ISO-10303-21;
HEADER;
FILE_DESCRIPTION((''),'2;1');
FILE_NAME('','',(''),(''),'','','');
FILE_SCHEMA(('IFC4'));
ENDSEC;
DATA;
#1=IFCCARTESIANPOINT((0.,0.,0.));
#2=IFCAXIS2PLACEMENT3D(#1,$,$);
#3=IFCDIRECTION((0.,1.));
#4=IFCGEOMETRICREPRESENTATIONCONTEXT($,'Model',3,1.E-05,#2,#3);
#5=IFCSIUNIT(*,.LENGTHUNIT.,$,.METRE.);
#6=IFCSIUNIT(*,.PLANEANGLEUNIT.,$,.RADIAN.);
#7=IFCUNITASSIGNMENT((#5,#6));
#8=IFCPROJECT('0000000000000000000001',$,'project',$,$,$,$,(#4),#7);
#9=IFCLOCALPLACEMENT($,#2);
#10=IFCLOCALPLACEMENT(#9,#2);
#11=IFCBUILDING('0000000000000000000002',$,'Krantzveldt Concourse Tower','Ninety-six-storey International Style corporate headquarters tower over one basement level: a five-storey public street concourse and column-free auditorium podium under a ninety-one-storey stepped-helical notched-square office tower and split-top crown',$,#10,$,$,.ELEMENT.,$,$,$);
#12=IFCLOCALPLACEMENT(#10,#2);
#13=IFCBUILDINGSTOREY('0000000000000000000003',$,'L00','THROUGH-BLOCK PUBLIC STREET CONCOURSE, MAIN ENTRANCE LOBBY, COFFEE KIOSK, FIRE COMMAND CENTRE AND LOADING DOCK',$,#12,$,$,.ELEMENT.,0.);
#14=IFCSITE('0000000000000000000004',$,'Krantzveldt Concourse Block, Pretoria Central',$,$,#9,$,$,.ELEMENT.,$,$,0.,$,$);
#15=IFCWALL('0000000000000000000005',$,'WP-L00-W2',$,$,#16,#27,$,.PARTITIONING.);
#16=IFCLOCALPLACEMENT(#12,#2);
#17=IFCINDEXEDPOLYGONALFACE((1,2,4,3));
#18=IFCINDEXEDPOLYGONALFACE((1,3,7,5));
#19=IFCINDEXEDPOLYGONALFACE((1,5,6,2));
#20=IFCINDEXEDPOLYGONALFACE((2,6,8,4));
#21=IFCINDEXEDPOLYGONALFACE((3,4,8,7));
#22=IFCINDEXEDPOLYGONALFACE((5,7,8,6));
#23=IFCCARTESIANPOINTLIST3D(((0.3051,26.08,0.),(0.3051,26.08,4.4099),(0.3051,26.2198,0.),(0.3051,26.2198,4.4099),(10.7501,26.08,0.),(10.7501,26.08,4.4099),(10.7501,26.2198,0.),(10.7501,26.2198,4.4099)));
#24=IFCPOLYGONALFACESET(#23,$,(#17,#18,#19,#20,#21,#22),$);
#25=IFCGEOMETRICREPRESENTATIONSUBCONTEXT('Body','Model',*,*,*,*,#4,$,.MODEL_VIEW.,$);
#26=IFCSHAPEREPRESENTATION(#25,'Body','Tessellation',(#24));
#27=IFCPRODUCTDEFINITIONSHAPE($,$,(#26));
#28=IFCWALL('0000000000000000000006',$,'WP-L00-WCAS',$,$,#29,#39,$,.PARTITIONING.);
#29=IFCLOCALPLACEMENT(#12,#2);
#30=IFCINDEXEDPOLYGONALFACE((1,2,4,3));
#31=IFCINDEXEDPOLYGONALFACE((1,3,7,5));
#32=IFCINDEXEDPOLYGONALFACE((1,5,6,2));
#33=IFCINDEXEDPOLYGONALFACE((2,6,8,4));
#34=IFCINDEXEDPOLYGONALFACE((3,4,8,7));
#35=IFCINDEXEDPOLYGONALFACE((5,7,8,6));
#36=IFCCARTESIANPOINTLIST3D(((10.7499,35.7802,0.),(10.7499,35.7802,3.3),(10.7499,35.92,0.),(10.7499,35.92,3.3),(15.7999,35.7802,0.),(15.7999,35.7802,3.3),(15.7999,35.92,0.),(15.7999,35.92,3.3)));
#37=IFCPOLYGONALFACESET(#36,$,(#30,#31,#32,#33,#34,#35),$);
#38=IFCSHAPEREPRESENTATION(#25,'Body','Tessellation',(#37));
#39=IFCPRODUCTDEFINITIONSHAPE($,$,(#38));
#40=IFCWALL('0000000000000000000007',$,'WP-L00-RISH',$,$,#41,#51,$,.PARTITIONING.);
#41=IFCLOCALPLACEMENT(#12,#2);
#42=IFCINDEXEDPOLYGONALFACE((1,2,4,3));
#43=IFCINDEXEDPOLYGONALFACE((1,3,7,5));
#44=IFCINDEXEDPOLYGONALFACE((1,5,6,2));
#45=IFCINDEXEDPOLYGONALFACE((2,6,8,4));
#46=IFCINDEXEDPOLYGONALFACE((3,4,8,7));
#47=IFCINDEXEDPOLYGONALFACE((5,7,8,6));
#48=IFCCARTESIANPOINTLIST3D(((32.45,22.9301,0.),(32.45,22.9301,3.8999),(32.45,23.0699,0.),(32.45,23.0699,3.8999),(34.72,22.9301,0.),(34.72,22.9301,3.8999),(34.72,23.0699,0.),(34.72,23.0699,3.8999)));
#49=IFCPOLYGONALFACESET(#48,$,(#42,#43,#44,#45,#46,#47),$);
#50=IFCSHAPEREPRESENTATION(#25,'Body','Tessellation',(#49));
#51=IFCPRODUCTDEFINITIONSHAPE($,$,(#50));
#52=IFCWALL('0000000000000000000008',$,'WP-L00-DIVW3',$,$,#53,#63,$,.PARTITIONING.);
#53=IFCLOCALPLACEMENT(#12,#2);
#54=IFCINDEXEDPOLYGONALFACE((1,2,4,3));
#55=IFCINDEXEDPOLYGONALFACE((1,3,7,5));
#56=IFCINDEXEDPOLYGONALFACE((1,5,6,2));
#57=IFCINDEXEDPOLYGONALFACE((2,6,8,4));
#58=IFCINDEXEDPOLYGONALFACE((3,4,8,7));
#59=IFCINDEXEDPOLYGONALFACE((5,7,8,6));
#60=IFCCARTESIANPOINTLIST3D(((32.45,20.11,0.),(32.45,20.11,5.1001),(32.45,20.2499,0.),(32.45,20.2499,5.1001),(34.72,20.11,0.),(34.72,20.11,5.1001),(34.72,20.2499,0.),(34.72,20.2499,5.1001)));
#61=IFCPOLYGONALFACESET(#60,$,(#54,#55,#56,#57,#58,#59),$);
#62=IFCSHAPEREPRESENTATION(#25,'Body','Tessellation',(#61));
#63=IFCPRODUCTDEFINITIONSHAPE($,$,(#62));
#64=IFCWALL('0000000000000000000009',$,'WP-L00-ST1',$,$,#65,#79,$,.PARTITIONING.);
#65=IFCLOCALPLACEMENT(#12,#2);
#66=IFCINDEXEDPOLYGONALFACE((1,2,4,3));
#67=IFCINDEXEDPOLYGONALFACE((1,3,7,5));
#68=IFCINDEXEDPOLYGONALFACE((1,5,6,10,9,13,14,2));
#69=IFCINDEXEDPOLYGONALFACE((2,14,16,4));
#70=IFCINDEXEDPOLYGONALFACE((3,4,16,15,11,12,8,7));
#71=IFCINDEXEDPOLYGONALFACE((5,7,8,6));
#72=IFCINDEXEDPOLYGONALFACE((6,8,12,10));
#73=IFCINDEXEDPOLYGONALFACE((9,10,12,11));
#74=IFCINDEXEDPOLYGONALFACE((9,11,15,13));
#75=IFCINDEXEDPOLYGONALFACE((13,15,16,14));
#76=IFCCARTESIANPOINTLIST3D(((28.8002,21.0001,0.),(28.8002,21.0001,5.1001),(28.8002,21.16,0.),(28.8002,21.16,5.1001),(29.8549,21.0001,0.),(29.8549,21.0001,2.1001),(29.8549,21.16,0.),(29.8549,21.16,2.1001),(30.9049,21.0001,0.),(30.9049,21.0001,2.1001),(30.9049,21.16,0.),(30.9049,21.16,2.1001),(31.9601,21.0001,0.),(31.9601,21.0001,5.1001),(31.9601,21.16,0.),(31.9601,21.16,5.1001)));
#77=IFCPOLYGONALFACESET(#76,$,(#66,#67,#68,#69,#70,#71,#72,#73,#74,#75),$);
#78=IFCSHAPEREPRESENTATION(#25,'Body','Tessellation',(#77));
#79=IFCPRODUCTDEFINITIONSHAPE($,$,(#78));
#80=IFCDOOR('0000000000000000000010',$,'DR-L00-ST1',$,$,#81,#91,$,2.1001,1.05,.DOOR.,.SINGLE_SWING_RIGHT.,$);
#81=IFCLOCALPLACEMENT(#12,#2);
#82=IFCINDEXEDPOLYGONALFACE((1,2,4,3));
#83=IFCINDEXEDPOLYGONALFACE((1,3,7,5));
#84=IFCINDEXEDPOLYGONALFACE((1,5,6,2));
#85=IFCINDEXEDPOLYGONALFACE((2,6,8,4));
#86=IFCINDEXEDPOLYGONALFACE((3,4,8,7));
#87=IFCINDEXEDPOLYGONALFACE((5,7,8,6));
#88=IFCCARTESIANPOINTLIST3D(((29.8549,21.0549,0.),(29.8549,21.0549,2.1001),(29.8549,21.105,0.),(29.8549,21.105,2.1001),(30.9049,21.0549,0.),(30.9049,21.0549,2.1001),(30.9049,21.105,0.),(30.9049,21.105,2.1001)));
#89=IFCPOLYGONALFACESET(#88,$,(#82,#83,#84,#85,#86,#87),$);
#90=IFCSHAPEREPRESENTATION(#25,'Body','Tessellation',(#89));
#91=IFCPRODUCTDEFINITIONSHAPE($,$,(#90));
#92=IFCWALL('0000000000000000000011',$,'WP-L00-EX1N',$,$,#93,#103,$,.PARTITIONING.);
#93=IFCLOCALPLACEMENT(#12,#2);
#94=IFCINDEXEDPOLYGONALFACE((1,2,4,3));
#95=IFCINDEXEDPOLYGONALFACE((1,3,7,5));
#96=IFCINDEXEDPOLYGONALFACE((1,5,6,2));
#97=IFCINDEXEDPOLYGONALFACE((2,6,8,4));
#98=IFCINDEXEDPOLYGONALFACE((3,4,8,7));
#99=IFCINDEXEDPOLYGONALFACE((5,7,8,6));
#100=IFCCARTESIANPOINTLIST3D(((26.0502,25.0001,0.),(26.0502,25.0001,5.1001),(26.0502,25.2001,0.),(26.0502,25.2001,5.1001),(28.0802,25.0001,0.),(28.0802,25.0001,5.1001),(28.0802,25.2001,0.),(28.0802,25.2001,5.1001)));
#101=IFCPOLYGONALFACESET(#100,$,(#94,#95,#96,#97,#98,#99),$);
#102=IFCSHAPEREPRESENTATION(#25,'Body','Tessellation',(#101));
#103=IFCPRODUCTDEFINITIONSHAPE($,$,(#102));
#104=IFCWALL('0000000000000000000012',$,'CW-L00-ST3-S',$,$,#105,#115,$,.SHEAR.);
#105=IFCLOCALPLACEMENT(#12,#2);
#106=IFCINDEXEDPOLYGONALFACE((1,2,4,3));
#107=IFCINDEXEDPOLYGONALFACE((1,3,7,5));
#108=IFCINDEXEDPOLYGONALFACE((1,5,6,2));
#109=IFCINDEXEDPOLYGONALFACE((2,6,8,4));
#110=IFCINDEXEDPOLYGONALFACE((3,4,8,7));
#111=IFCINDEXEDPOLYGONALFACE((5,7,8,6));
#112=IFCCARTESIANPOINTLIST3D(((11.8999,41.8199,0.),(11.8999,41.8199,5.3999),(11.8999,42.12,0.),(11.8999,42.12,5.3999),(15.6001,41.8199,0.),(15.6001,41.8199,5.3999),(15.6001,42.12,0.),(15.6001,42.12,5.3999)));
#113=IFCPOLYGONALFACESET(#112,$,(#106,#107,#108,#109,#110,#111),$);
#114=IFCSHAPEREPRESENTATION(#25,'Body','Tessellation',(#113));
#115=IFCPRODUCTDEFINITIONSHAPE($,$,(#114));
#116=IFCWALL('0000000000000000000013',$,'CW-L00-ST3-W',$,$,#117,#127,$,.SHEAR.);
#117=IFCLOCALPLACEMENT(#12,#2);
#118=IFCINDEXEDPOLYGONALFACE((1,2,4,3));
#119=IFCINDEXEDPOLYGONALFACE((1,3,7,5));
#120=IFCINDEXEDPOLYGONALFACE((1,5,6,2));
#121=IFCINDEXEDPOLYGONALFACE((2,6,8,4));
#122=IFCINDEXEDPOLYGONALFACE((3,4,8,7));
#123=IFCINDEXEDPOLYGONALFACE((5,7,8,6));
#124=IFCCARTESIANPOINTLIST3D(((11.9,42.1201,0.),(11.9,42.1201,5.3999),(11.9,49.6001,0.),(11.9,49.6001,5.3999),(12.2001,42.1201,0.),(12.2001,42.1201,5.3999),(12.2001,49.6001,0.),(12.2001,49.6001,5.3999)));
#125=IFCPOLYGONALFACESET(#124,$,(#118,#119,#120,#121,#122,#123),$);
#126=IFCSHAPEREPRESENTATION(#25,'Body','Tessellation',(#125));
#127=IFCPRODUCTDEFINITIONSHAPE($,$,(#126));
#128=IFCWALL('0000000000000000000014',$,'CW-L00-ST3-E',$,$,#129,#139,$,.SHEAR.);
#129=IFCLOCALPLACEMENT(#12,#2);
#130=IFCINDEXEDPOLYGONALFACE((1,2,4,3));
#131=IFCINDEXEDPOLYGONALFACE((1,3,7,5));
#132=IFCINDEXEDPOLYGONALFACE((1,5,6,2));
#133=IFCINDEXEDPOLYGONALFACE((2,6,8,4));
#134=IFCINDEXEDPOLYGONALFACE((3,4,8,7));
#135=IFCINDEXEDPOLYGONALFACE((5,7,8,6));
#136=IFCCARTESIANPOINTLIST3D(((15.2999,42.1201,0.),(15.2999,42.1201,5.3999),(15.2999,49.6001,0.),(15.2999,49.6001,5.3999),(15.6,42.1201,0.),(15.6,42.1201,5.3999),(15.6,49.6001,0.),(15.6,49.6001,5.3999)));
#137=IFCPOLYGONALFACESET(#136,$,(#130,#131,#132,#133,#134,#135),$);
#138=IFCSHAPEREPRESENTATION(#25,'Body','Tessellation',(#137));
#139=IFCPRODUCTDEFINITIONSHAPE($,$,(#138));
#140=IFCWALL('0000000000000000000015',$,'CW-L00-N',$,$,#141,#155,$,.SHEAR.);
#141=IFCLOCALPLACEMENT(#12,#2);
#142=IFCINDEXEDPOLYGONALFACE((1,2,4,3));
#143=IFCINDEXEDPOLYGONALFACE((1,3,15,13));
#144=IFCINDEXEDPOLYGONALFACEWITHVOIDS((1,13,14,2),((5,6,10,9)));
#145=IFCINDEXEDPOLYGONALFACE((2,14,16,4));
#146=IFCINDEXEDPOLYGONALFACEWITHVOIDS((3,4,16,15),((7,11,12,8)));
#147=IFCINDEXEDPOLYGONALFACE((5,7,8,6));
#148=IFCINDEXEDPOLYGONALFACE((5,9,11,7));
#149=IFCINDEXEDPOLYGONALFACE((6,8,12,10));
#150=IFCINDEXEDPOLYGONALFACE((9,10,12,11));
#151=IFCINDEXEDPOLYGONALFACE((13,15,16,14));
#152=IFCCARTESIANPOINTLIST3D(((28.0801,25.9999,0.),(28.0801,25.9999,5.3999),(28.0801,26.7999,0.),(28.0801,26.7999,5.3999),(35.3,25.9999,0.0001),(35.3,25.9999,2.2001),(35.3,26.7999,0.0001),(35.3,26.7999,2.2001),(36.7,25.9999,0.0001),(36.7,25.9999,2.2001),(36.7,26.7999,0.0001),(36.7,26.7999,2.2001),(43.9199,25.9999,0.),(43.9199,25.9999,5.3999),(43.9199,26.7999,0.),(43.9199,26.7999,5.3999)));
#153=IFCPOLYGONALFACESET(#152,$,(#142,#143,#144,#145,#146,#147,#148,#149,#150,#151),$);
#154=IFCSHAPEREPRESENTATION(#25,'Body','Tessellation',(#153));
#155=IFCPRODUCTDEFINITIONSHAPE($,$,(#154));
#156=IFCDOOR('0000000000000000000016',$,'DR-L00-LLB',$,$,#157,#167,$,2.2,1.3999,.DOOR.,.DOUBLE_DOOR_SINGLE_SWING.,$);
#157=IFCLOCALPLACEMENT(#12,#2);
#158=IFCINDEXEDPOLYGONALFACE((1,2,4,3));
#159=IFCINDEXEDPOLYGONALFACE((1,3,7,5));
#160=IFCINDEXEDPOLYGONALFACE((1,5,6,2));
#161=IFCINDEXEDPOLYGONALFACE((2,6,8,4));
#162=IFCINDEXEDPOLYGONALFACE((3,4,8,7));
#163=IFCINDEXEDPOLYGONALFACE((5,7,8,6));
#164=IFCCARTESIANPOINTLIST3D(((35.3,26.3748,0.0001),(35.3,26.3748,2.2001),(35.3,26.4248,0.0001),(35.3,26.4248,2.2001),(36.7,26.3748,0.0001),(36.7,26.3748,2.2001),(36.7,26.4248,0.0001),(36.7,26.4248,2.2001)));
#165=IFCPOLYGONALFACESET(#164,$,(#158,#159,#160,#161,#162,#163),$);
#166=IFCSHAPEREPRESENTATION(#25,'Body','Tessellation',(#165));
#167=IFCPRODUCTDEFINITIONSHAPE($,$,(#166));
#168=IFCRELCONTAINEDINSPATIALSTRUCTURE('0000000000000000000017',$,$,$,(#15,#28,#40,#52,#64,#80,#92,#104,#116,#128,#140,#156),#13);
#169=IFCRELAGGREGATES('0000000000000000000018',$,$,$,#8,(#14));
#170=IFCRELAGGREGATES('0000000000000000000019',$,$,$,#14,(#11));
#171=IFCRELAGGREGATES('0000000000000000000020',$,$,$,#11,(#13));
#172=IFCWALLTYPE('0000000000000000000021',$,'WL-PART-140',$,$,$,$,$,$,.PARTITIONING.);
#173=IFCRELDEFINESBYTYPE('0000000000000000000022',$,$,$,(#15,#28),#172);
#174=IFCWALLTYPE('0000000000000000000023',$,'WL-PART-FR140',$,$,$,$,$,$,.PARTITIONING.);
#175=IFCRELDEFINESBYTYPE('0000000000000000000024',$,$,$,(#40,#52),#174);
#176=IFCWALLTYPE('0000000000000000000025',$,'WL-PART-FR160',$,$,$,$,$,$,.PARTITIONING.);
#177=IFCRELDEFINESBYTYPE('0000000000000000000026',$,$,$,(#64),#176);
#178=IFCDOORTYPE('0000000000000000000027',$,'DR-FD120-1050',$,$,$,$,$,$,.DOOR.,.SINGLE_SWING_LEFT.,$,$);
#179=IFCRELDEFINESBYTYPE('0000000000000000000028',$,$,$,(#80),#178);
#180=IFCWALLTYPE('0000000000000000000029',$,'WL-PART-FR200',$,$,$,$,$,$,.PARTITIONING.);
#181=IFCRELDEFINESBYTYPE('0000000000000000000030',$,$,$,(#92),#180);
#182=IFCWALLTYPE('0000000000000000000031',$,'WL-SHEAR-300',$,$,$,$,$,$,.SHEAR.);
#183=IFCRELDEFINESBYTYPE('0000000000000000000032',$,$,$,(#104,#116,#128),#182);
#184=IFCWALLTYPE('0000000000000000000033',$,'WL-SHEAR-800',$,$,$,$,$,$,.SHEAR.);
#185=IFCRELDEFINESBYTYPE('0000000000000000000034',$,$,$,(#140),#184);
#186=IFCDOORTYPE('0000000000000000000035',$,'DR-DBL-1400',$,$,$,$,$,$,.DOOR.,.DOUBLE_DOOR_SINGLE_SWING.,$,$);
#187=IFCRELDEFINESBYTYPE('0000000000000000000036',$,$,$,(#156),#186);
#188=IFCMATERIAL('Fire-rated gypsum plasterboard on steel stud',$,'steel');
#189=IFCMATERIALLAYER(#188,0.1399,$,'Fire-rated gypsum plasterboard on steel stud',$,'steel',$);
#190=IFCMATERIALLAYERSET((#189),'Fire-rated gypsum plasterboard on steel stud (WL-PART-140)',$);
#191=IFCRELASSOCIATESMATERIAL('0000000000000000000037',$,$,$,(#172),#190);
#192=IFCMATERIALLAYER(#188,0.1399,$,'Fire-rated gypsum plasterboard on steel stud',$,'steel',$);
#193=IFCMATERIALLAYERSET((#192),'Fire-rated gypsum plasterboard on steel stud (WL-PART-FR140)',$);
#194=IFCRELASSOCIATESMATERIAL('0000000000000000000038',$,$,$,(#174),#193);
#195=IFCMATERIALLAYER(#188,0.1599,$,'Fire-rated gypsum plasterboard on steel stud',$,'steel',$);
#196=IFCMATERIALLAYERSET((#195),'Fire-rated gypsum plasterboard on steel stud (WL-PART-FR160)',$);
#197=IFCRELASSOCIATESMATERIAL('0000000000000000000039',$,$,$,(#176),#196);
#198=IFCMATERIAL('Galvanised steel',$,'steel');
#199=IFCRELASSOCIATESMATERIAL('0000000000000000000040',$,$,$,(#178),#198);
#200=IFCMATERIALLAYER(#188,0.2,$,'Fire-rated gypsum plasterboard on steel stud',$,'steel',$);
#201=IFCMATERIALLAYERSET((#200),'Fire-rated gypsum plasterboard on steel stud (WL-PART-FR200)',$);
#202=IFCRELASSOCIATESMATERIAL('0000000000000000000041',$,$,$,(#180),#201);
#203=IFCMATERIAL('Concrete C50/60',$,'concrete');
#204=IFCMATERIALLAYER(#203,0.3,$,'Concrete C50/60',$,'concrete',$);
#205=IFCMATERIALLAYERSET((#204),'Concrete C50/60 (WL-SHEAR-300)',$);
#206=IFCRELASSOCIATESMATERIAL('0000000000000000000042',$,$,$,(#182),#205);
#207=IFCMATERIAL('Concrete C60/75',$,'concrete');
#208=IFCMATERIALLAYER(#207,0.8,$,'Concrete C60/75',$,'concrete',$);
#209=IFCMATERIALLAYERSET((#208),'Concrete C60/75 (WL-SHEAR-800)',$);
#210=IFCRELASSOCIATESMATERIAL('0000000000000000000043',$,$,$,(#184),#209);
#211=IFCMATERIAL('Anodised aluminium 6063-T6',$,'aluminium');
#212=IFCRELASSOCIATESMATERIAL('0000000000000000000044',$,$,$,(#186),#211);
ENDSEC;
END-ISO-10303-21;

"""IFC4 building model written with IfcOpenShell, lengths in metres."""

from ifc_helpers import new_model, si_unit, direction, frame, frame_2d, origin, place, context, subcontext, project, spatial, rectangle, extrude, material, layer, layer_set, type_object, element, fill, save


model = new_model("IFC4")

# Units and contexts
model_context = context("Model", 3, precision=1e-05, world=origin(), true_north=direction((0.0, 1.0)))
body_context = subcontext(model_context, "Body", "Model", "MODEL_VIEW")
ifc_project = project(units=[si_unit("LENGTHUNIT", "METRE"), si_unit("PLANEANGLEUNIT", "RADIAN")], contexts=[model_context])

# Site, building, storey
site_placement = place(None, origin())
site = spatial("IfcSite", under=ifc_project, at=site_placement, Name="Krantzveldt Concourse Block, Pretoria Central", CompositionType="ELEMENT", RefElevation=0.0)
building_placement = place(site_placement, origin())
building = spatial("IfcBuilding", under=site, at=building_placement, Name="Krantzveldt Concourse Tower", Description="Ninety-six-storey International Style corporate headquarters tower over one basement level: a five-storey public street concourse and column-free auditorium podium under a ninety-one-storey stepped-helical notched-square office tower and split-top crown", CompositionType="ELEMENT")
storey_placement = place(building_placement, origin())
storey = spatial("IfcBuildingStorey", under=building, at=storey_placement, Name="L00", Description="THROUGH-BLOCK PUBLIC STREET CONCOURSE, MAIN ENTRANCE LOBBY, COFFEE KIOSK, FIRE COMMAND CENTRE AND LOADING DOCK", CompositionType="ELEMENT", Elevation=0.0)

# Shared definitions
ifc_material_1 = material(Name="Concrete C60/75", Category="concrete")
ifc_material_2 = material(Name="Concrete C50/60", Category="concrete")

# Walls
ifc_material_3 = material(Name="Fire-rated gypsum plasterboard on steel stud", Category="steel")
ifc_layer_1 = layer(ifc_material_3, 0.1399, Name="Fire-rated gypsum plasterboard on steel stud", Category="steel")
ifc_layer_set_1 = layer_set([ifc_layer_1], Name="Fire-rated gypsum plasterboard on steel stud (WL-PART-140)")
wall_type_1 = type_object("IfcWallType", Name="WL-PART-140", PredefinedType="PARTITIONING", material=ifc_layer_set_1)
wall_1_placement = place(storey_placement, frame((0.3049, 26.1499, 0.0), z_axis=(0.0, 0.0, 1.0), x_axis=(1.0, 0.0, 0.0)))
element("IfcWall", 1, at=wall_1_placement, inside=storey, type_object=wall_type_1, Name="WP-L00-W2", PredefinedType="PARTITIONING", context=body_context, shape_type="SweptSolid", body=[
    extrude(rectangle(XDim=10.4451, YDim=0.1399, at=frame_2d((5.2227, 0.0))), origin(), (0.0, 0.0, 1.0), 4.4099),
])
wall_2_placement = place(storey_placement, frame((10.75, 35.8501, 0.0), z_axis=(0.0, 0.0, 1.0), x_axis=(1.0, 0.0, 0.0)))
element("IfcWall", 2, at=wall_2_placement, inside=storey, type_object=wall_type_1, Name="WP-L00-WCAS", PredefinedType="PARTITIONING", context=body_context, shape_type="SweptSolid", body=[
    extrude(rectangle(XDim=5.05, YDim=0.1399, at=frame_2d((2.5249, 0.0))), origin(), (0.0, 0.0, 1.0), 3.3),
])
ifc_layer_2 = layer(ifc_material_3, 0.1399, Name="Fire-rated gypsum plasterboard on steel stud", Category="steel")
ifc_layer_set_2 = layer_set([ifc_layer_2], Name="Fire-rated gypsum plasterboard on steel stud (WL-PART-FR140)")
wall_type_2 = type_object("IfcWallType", Name="WL-PART-FR140", PredefinedType="PARTITIONING", material=ifc_layer_set_2)
wall_3_placement = place(storey_placement, frame((32.45, 23.0, 0.0), z_axis=(0.0, 0.0, 1.0), x_axis=(1.0, 0.0, 0.0)))
element("IfcWall", 3, at=wall_3_placement, inside=storey, type_object=wall_type_2, Name="WP-L00-RISH", PredefinedType="PARTITIONING", context=body_context, shape_type="SweptSolid", body=[
    extrude(rectangle(XDim=2.27, YDim=0.1399, at=frame_2d((1.135, 0.0))), origin(), (0.0, 0.0, 1.0), 3.8999),
])
wall_4_placement = place(storey_placement, frame((32.45, 20.1799, 0.0), z_axis=(0.0, 0.0, 1.0), x_axis=(1.0, 0.0, 0.0)))
element("IfcWall", 4, at=wall_4_placement, inside=storey, type_object=wall_type_2, Name="WP-L00-DIVW3", PredefinedType="PARTITIONING", context=body_context, shape_type="SweptSolid", body=[
    extrude(rectangle(XDim=2.27, YDim=0.1399, at=frame_2d((1.135, 0.0))), origin(), (0.0, 0.0, 1.0), 5.1001),
])

# Wall, opening, door
ifc_layer_3 = layer(ifc_material_3, 0.1599, Name="Fire-rated gypsum plasterboard on steel stud", Category="steel")
ifc_layer_set_3 = layer_set([ifc_layer_3], Name="Fire-rated gypsum plasterboard on steel stud (WL-PART-FR160)")
wall_type_3 = type_object("IfcWallType", Name="WL-PART-FR160", PredefinedType="PARTITIONING", material=ifc_layer_set_3)
wall_5_placement = place(storey_placement, frame((28.8, 21.0801, 0.0), z_axis=(0.0, 0.0, 1.0), x_axis=(1.0, 0.0, 0.0)))
wall_5 = element("IfcWall", 5, at=wall_5_placement, inside=storey, type_object=wall_type_3, Name="WP-L00-ST1", PredefinedType="PARTITIONING", context=body_context, shape_type="SweptSolid", body=[
    extrude(rectangle(XDim=3.1599, YDim=0.1599, at=frame_2d((1.5801, 0.0))), origin(), (0.0, 0.0, 1.0), 5.1001),
])
opening_1_placement = place(wall_5_placement, frame((1.0549, 0.0, 0.0)))
opening_1 = element("IfcOpeningElement", 6, at=opening_1_placement, cuts=wall_5, PredefinedType="OPENING", context=body_context, shape_type="SweptSolid", body=[
    extrude(rectangle(XDim=1.05, YDim=2.1001, at=frame_2d((0.5249, 1.05))), frame((0.0, 0.0898, 0.0), z_axis=(0.0, -1.0, 0.0), x_axis=(1.0, 0.0, 0.0)), (0.0, 0.0, 1.0), 0.1799),
])
ifc_material_4 = material(Name="Galvanised steel", Category="steel")
door_type_1 = type_object("IfcDoorType", Name="DR-FD120-1050", OperationType="SINGLE_SWING_LEFT", PredefinedType="DOOR", material=ifc_material_4)
door_1_placement = place(opening_1_placement, origin())
door_1 = element("IfcDoor", 7, at=door_1_placement, inside=storey, type_object=door_type_1, Name="DR-L00-ST1", OperationType="SINGLE_SWING_RIGHT", OverallHeight=2.1001, OverallWidth=1.05, PredefinedType="DOOR", context=body_context, shape_type="SweptSolid", body=[
    extrude(rectangle(XDim=1.05, YDim=2.1001, at=frame_2d((0.5249, 1.05))), frame((0.0, 0.0249, 0.0), z_axis=(0.0, -1.0, 0.0), x_axis=(1.0, 0.0, 0.0)), (0.0, 0.0, 1.0), 0.05),
])
fill(opening_1, door_1)

# Walls
ifc_layer_4 = layer(ifc_material_3, 0.2, Name="Fire-rated gypsum plasterboard on steel stud", Category="steel")
ifc_layer_set_4 = layer_set([ifc_layer_4], Name="Fire-rated gypsum plasterboard on steel stud (WL-PART-FR200)")
wall_type_4 = type_object("IfcWallType", Name="WL-PART-FR200", PredefinedType="PARTITIONING", material=ifc_layer_set_4)
wall_6_placement = place(storey_placement, frame((26.05, 25.1001, 0.0), z_axis=(0.0, 0.0, 1.0), x_axis=(1.0, 0.0, 0.0)))
element("IfcWall", 8, at=wall_6_placement, inside=storey, type_object=wall_type_4, Name="WP-L00-EX1N", PredefinedType="PARTITIONING", context=body_context, shape_type="SweptSolid", body=[
    extrude(rectangle(XDim=2.03, YDim=0.2, at=frame_2d((1.0151, 0.0))), origin(), (0.0, 0.0, 1.0), 5.1001),
])
ifc_layer_5 = layer(ifc_material_2, 0.3, Name="Concrete C50/60", Category="concrete")
ifc_layer_set_5 = layer_set([ifc_layer_5], Name="Concrete C50/60 (WL-SHEAR-300)")
wall_type_5 = type_object("IfcWallType", Name="WL-SHEAR-300", PredefinedType="SHEAR", material=ifc_layer_set_5)
wall_7_placement = place(storey_placement, frame((11.8999, 41.97, 0.0), z_axis=(0.0, 0.0, 1.0), x_axis=(1.0, 0.0, 0.0)))
element("IfcWall", 9, at=wall_7_placement, inside=storey, type_object=wall_type_5, Name="CW-L00-ST3-S", PredefinedType="SHEAR", context=body_context, shape_type="SweptSolid", body=[
    extrude(rectangle(XDim=3.7002, YDim=0.3, at=frame_2d((1.8501, 0.0))), origin(), (0.0, 0.0, 1.0), 5.3999),
])
for number, where, z_axis, x_axis, name in (
    (10, (12.05, 42.1201, 0.0), (0.0, 0.0, 1.0), (0.0, 1.0, 0.0), "CW-L00-ST3-W"),
    (11, (15.45, 42.1201, 0.0), (0.0, 0.0, 1.0), (0.0, 1.0, 0.0), "CW-L00-ST3-E"),
):
    element("IfcWall", number, at=place(storey_placement, frame(where, z_axis=z_axis, x_axis=x_axis)), inside=storey, type_object=wall_type_5, Name=name, PredefinedType="SHEAR", context=body_context, shape_type="SweptSolid", body=[
        extrude(rectangle(XDim=7.48, YDim=0.3, at=frame_2d((3.74, 0.0))), origin(), (0.0, 0.0, 1.0), 5.3999),
    ])

# Wall, opening, door
ifc_layer_6 = layer(ifc_material_1, 0.8, Name="Concrete C60/75", Category="concrete")
ifc_layer_set_6 = layer_set([ifc_layer_6], Name="Concrete C60/75 (WL-SHEAR-800)")
wall_type_6 = type_object("IfcWallType", Name="WL-SHEAR-800", PredefinedType="SHEAR", material=ifc_layer_set_6)
wall_8_placement = place(storey_placement, frame((28.0801, 26.3999, 0.0), z_axis=(0.0, 0.0, 1.0), x_axis=(1.0, 0.0, 0.0)))
wall_8 = element("IfcWall", 12, at=wall_8_placement, inside=storey, type_object=wall_type_6, Name="CW-L00-N", PredefinedType="SHEAR", context=body_context, shape_type="SweptSolid", body=[
    extrude(rectangle(XDim=15.8398, YDim=0.8, at=frame_2d((7.9199, 0.0))), origin(), (0.0, 0.0, 1.0), 5.3999),
])
opening_2_placement = place(wall_8_placement, frame((7.22, 0.0, 0.0)))
opening_2 = element("IfcOpeningElement", 13, at=opening_2_placement, cuts=wall_8, PredefinedType="OPENING", context=body_context, shape_type="SweptSolid", body=[
    extrude(rectangle(XDim=1.3999, YDim=2.2, at=frame_2d((0.7, 1.1001))), frame((0.0, 0.4102, 0.0), z_axis=(0.0, -1.0, 0.0), x_axis=(1.0, 0.0, 0.0)), (0.0, 0.0, 1.0), 0.8201),
])
ifc_material_5 = material(Name="Anodised aluminium 6063-T6", Category="aluminium")
door_type_2 = type_object("IfcDoorType", Name="DR-DBL-1400", OperationType="DOUBLE_DOOR_SINGLE_SWING", PredefinedType="DOOR", material=ifc_material_5)
door_2_placement = place(opening_2_placement, origin())
door_2 = element("IfcDoor", 14, at=door_2_placement, inside=storey, type_object=door_type_2, Name="DR-L00-LLB", OperationType="DOUBLE_DOOR_SINGLE_SWING", OverallHeight=2.2, OverallWidth=1.3999, PredefinedType="DOOR", context=body_context, shape_type="SweptSolid", body=[
    extrude(rectangle(XDim=1.3999, YDim=2.2, at=frame_2d((0.7, 1.1001))), frame((0.0, 0.0249, 0.0), z_axis=(0.0, -1.0, 0.0), x_axis=(1.0, 0.0, 0.0)), (0.0, 0.0, 1.0), 0.05),
])
fill(opening_2, door_2)

save(model, "model.ifc")
